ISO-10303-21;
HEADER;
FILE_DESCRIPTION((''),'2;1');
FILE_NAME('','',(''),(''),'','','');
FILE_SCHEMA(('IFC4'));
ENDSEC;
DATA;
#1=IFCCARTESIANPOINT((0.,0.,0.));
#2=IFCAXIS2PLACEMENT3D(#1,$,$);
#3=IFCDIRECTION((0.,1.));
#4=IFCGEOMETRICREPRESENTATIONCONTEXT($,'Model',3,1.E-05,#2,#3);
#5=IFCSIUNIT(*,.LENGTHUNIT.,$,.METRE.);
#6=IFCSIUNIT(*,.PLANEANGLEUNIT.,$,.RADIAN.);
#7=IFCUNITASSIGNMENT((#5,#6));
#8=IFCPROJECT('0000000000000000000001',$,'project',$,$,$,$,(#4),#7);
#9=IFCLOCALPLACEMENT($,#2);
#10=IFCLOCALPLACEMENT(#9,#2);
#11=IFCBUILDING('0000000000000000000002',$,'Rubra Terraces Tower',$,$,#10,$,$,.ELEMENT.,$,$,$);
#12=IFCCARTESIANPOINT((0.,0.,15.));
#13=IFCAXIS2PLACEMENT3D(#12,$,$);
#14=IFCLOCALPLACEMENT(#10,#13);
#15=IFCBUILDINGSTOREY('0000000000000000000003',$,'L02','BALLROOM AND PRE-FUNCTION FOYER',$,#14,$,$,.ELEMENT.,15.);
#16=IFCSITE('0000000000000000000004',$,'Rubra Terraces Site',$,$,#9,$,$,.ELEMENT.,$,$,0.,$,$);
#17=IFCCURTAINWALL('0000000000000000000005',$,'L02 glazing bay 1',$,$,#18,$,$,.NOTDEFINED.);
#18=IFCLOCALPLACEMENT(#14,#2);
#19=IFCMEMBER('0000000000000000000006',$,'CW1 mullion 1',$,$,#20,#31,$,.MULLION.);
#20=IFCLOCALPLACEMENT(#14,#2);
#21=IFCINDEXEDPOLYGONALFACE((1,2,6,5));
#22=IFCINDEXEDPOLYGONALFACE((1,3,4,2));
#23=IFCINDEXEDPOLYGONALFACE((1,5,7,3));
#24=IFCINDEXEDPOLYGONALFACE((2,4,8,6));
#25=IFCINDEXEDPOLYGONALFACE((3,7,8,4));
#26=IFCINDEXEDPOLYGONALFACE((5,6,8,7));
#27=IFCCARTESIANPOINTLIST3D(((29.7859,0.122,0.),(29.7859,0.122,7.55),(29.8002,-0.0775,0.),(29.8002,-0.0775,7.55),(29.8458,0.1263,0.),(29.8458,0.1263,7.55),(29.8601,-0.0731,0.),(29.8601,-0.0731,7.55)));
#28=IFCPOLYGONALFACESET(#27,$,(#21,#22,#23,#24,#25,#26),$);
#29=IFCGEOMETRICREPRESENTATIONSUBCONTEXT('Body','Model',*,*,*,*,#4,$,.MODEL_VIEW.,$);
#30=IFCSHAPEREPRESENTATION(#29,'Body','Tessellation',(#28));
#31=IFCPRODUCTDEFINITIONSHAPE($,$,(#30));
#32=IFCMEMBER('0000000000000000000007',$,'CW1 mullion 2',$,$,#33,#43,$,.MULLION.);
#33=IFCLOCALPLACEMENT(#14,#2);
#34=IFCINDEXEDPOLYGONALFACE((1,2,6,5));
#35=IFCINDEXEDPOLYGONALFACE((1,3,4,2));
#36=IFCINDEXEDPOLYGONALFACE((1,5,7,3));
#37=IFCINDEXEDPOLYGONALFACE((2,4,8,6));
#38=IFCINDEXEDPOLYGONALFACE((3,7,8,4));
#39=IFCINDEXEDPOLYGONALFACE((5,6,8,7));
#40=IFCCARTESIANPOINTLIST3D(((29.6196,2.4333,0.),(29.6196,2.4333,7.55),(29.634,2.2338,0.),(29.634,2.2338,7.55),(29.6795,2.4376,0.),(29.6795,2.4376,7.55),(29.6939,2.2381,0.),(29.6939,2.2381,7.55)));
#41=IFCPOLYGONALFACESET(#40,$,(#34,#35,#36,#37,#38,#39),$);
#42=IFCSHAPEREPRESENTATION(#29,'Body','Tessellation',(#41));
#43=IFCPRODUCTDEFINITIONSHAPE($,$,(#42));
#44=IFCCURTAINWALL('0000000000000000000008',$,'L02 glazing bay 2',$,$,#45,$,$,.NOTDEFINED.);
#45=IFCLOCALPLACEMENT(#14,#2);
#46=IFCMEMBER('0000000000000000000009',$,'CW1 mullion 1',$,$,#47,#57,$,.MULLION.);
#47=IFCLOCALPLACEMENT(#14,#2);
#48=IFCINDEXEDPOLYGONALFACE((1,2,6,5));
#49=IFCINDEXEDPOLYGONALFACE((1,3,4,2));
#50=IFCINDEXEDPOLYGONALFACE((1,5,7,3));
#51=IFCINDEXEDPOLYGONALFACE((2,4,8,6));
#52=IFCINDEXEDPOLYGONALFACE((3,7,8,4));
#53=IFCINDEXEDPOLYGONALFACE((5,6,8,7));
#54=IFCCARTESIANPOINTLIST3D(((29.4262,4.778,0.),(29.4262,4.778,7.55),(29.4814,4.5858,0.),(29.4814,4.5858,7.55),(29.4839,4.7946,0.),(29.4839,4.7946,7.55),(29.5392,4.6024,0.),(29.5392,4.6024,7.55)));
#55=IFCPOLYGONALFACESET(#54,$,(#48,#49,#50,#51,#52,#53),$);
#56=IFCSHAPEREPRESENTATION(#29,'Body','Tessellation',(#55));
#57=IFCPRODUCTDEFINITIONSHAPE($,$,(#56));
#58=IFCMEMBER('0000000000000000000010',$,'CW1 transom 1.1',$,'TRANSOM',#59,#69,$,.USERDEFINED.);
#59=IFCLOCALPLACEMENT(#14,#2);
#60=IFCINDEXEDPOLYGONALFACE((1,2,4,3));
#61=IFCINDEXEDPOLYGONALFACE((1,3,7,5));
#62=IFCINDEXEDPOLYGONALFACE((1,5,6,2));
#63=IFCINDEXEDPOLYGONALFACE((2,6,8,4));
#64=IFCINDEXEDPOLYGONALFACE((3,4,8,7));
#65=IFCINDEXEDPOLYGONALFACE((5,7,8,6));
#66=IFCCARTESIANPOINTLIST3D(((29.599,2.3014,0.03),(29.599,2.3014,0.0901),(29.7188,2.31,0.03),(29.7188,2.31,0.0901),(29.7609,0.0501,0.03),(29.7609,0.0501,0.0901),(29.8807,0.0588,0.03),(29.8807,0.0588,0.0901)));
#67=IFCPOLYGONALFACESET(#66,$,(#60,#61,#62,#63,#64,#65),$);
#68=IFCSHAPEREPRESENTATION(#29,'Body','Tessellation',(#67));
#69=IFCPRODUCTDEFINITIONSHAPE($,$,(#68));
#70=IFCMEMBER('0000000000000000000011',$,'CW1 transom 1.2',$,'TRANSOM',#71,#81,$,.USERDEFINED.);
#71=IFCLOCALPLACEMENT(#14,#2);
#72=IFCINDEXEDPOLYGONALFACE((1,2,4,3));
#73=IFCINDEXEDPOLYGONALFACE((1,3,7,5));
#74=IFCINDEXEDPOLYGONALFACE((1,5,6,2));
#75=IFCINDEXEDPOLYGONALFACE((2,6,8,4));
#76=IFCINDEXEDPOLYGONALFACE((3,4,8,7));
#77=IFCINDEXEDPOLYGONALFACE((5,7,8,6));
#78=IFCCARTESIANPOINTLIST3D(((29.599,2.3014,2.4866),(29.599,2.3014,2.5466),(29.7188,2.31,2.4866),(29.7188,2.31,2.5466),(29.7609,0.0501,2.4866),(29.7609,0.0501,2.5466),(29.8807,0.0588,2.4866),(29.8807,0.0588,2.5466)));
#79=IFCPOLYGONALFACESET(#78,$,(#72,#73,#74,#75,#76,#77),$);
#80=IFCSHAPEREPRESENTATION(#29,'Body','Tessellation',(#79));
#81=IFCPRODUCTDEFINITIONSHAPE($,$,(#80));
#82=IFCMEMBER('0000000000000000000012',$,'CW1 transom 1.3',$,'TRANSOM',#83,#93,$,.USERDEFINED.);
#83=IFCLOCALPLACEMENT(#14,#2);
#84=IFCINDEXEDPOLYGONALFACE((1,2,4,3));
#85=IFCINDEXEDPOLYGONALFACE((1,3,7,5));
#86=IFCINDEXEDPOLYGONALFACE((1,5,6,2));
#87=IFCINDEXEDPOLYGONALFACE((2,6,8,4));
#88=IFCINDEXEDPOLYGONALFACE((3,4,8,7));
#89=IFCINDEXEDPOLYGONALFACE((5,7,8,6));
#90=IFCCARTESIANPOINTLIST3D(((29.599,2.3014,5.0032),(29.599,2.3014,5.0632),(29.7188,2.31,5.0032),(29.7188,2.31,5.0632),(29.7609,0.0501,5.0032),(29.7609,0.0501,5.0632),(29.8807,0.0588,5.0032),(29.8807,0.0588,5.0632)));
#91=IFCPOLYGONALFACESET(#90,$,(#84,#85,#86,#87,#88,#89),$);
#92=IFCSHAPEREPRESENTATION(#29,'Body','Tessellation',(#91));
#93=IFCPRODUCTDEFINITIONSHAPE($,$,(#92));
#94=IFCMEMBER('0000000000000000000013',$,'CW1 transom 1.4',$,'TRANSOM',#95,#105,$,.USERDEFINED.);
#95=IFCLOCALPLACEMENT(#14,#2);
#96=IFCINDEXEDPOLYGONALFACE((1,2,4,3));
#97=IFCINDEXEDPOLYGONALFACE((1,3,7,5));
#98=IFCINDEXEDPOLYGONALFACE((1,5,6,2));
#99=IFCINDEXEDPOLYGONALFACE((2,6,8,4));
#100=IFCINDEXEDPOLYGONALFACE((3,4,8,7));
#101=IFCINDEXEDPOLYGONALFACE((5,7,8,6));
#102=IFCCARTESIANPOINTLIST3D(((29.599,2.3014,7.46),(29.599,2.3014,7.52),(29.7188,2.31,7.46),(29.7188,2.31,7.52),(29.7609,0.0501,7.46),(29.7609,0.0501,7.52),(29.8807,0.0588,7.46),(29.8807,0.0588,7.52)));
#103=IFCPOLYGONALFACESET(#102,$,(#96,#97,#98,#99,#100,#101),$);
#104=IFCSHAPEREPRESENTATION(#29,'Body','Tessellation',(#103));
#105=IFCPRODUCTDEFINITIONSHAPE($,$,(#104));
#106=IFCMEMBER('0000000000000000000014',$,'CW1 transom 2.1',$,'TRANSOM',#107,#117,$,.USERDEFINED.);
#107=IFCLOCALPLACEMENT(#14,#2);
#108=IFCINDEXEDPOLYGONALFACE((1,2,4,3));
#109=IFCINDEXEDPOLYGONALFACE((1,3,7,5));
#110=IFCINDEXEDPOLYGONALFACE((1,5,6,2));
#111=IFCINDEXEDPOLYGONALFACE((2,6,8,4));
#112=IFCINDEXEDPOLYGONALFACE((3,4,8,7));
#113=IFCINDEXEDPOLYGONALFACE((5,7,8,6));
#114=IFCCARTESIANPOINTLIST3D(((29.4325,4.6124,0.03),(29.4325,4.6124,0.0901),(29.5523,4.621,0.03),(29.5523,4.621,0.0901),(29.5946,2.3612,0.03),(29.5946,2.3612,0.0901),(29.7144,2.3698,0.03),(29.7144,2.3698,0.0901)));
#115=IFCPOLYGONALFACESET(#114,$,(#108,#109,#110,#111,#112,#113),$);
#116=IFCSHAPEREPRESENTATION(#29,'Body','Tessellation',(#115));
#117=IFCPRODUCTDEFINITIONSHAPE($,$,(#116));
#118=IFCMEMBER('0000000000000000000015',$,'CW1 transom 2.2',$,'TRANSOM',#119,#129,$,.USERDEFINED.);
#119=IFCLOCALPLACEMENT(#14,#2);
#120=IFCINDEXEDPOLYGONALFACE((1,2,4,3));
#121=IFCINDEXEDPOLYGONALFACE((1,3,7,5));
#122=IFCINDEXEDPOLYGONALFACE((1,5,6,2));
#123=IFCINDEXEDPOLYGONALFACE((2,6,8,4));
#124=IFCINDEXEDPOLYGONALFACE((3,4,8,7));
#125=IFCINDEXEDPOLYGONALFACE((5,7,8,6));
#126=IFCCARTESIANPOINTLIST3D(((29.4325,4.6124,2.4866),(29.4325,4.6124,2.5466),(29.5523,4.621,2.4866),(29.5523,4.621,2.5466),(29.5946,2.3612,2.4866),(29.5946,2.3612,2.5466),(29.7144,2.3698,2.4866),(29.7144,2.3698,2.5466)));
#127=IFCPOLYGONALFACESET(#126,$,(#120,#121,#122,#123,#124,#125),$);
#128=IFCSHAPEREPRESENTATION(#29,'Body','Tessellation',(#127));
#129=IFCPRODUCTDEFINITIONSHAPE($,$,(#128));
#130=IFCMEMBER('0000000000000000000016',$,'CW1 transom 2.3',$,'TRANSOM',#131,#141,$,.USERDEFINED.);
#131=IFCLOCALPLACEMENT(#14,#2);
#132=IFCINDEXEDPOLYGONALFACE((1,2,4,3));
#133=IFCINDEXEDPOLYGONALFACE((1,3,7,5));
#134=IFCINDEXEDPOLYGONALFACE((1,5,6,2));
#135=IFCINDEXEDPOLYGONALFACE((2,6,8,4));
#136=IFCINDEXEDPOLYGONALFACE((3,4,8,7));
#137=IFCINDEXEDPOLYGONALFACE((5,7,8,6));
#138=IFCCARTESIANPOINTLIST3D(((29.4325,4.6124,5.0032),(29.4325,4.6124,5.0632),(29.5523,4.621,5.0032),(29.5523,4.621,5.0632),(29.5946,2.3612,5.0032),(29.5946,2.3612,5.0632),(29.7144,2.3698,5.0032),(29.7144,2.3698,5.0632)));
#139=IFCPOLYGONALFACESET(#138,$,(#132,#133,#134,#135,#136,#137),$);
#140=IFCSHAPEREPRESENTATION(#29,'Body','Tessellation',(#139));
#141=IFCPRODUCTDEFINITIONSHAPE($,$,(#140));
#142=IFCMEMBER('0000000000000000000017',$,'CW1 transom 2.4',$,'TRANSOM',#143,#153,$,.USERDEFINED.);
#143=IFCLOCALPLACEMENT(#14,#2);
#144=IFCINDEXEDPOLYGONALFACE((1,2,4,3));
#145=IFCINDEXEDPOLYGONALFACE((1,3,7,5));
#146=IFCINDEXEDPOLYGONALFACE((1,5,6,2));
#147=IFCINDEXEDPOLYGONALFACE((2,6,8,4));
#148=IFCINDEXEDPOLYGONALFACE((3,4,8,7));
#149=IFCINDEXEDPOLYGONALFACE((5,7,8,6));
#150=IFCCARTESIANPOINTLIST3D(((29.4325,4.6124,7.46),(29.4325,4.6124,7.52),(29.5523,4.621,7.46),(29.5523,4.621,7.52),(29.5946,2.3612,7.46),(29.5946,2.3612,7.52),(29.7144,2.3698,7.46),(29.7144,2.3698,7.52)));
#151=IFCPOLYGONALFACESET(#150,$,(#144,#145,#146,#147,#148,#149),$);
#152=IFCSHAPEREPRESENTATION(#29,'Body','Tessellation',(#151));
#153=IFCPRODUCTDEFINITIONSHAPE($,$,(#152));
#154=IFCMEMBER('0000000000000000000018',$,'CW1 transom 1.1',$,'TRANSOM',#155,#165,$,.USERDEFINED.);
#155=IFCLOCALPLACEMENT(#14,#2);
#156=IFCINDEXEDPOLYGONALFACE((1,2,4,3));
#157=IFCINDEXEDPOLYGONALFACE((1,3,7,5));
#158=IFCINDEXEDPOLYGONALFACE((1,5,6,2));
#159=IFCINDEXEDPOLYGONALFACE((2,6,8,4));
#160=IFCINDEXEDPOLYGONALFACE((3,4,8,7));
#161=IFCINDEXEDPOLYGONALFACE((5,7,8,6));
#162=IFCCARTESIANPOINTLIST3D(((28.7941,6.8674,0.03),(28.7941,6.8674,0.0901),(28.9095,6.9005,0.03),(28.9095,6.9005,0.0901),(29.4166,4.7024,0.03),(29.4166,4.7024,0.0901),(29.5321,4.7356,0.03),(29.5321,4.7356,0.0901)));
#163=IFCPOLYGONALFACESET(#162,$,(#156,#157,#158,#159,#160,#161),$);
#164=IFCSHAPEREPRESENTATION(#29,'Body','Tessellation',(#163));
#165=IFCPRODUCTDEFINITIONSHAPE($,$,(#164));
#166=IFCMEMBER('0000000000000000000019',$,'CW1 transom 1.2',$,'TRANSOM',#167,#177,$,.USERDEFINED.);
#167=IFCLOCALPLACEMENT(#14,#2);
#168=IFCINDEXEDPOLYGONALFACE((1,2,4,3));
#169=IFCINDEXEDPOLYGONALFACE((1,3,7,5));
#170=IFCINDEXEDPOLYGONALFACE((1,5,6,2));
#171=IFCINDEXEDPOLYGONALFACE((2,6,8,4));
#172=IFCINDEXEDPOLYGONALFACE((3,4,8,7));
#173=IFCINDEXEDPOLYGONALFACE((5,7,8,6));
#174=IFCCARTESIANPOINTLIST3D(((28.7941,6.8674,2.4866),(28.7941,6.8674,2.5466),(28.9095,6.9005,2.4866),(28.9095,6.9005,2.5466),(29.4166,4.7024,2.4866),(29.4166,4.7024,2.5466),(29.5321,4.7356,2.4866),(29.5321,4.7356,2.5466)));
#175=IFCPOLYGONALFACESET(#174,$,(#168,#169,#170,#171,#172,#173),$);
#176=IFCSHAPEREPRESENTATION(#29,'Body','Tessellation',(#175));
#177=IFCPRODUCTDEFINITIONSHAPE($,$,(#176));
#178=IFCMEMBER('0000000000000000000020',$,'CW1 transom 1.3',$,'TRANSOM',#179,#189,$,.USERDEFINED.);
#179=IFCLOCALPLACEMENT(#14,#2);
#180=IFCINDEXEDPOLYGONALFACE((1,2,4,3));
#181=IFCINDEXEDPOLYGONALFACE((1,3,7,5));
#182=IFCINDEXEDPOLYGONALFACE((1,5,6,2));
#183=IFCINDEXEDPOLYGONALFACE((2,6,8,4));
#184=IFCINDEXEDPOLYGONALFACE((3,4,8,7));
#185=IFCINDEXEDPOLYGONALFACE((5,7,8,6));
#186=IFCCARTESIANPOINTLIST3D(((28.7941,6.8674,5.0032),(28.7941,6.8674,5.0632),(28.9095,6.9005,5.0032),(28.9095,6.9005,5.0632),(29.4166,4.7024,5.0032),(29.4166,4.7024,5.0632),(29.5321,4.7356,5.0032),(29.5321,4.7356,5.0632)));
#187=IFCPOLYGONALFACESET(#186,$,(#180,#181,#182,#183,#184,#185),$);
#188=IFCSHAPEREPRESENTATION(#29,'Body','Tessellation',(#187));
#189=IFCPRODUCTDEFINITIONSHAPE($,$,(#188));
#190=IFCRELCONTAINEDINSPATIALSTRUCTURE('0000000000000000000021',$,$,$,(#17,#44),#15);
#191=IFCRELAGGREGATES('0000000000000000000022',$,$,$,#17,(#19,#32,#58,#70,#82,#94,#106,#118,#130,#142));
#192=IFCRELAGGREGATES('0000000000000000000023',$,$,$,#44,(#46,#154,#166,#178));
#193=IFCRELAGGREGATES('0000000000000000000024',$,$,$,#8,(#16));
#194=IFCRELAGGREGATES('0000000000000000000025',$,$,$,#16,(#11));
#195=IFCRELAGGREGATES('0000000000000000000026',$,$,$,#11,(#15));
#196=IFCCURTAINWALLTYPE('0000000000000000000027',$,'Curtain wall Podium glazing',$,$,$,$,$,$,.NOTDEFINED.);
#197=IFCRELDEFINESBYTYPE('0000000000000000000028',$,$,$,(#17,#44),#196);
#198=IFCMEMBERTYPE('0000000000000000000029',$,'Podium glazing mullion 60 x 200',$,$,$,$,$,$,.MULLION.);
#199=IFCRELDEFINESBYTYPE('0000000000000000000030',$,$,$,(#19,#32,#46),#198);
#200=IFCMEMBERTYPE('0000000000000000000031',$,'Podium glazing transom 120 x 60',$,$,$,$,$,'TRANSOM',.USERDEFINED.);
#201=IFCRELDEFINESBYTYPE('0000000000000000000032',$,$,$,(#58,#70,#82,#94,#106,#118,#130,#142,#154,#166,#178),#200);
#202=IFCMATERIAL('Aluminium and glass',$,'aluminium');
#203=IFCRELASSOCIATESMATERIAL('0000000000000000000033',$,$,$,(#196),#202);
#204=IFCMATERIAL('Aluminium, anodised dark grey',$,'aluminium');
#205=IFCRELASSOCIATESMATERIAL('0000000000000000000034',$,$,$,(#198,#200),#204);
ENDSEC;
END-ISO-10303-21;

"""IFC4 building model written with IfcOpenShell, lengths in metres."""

from ifc_helpers import new_model, si_unit, direction, frame, origin, origin_2d, place, context, subcontext, project, spatial, rectangle, extrude, material, material_profile, profile_set, type_object, element, aggregate, save


model = new_model("IFC4")

# Units and contexts
model_context = context("Model", 3, precision=1e-05, world=origin(), true_north=direction((0.0, 1.0)))
body_context = subcontext(model_context, "Body", "Model", "MODEL_VIEW")
ifc_project = project(units=[si_unit("LENGTHUNIT", "METRE"), si_unit("PLANEANGLEUNIT", "RADIAN")], contexts=[model_context])

# Site, building, storey
site_placement = place(None, origin())
site = spatial("IfcSite", under=ifc_project, at=site_placement, Name="Rubra Terraces Site", CompositionType="ELEMENT", RefElevation=0.0)
building_placement = place(site_placement, origin())
building = spatial("IfcBuilding", under=site, at=building_placement, Name="Rubra Terraces Tower", CompositionType="ELEMENT")
storey_placement = place(building_placement, frame((0.0, 0.0, 15.0)))
storey = spatial("IfcBuildingStorey", under=building, at=storey_placement, Name="L02", Description="BALLROOM AND PRE-FUNCTION FOYER", CompositionType="ELEMENT", Elevation=15.0)

# Curtain wall, members
ifc_material_1 = material(Name="Aluminium and glass", Category="aluminium")
curtain_wall_type = type_object("IfcCurtainWallType", Name="Curtain wall Podium glazing", PredefinedType="NOTDEFINED", material=ifc_material_1)
curtain_wall_1_placement = place(storey_placement, origin())
curtain_wall_1 = element("IfcCurtainWall", 1, at=curtain_wall_1_placement, inside=storey, type_object=curtain_wall_type, Name="L02 glazing bay 1", PredefinedType="NOTDEFINED")
ifc_material_2 = material(Name="Aluminium, anodised dark grey", Category="aluminium")
ifc_material_profile_1 = material_profile(ifc_material_2, rectangle(XDim=0.0601, YDim=0.2, at=origin_2d()), Name="AL 60x200")
ifc_profile_set_1 = profile_set([ifc_material_profile_1], Name="Aluminium, anodised dark grey")
member_type_1 = type_object("IfcMemberType", Name="Podium glazing mullion 60 x 200", PredefinedType="MULLION", material=ifc_profile_set_1)
member_1_placement = place(storey_placement, frame((29.823, 0.0244, 0.0), z_axis=(0.0, 0.0, 1.0), x_axis=(-0.99742, -0.071792, 0.0)))
member_1 = element("IfcMember", 2, at=member_1_placement, type_object=member_type_1, Name="CW1 mullion 1", PredefinedType="MULLION", context=body_context, shape_type="SweptSolid", body=[
    extrude(rectangle(XDim=0.0601, YDim=0.2, at=origin_2d()), origin(), (0.0, 0.0, 1.0), 7.55),
])
member_2_placement = place(storey_placement, frame((29.6567, 2.3357, 0.0), z_axis=(0.0, 0.0, 1.0), x_axis=(-0.99742, -0.071792, 0.0)))
member_2 = element("IfcMember", 3, at=member_2_placement, type_object=member_type_1, Name="CW1 mullion 2", PredefinedType="MULLION", context=body_context, shape_type="SweptSolid", body=[
    extrude(rectangle(XDim=0.0601, YDim=0.2, at=origin_2d()), origin(), (0.0, 0.0, 1.0), 7.55),
])

# Curtain wall, member
curtain_wall_2_placement = place(storey_placement, origin())
curtain_wall_2 = element("IfcCurtainWall", 4, at=curtain_wall_2_placement, inside=storey, type_object=curtain_wall_type, Name="L02 glazing bay 2", PredefinedType="NOTDEFINED")
member_3_placement = place(storey_placement, frame((29.4827, 4.6902, 0.0), z_axis=(0.0, 0.0, 1.0), x_axis=(-0.961047, -0.276384, 0.0)))
member_3 = element("IfcMember", 5, at=member_3_placement, type_object=member_type_1, Name="CW1 mullion 1", PredefinedType="MULLION", context=body_context, shape_type="SweptSolid", body=[
    extrude(rectangle(XDim=0.0601, YDim=0.2, at=origin_2d()), origin(), (0.0, 0.0, 1.0), 7.55),
])

# Members
ifc_material_profile_2 = material_profile(ifc_material_2, rectangle(XDim=0.1201, YDim=0.0601, at=origin_2d()), Name="AL 120x60")
ifc_profile_set_2 = profile_set([ifc_material_profile_2], Name="Aluminium, anodised dark grey")
member_type_2 = type_object("IfcMemberType", Name="Podium glazing transom 120 x 60", ElementType="TRANSOM", PredefinedType="USERDEFINED", material=ifc_profile_set_2)
member_4_placement = place(storey_placement, frame((29.8208, 0.0544, 0.0601), z_axis=(-0.071716, 0.997425, 0.0), x_axis=(-0.997425, -0.071716, 0.0)))
member_4 = element("IfcMember", 6, at=member_4_placement, type_object=member_type_2, Name="CW1 transom 1.1", ObjectType="TRANSOM", PredefinedType="USERDEFINED", context=body_context, shape_type="SweptSolid", body=[
    extrude(rectangle(XDim=0.1201, YDim=0.0601, at=origin_2d()), origin(), (0.0, 0.0, 1.0), 2.2571),
])
member_5_placement = place(storey_placement, frame((29.8208, 0.0544, 2.5166), z_axis=(-0.071716, 0.997425, 0.0), x_axis=(-0.997425, -0.071716, 0.0)))
member_5 = element("IfcMember", 7, at=member_5_placement, type_object=member_type_2, Name="CW1 transom 1.2", ObjectType="TRANSOM", PredefinedType="USERDEFINED", context=body_context, shape_type="SweptSolid", body=[
    extrude(rectangle(XDim=0.1201, YDim=0.0601, at=origin_2d()), origin(), (0.0, 0.0, 1.0), 2.2571),
])
member_6_placement = place(storey_placement, frame((29.8208, 0.0544, 5.0332), z_axis=(-0.071716, 0.997425, 0.0), x_axis=(-0.997425, -0.071716, 0.0)))
member_6 = element("IfcMember", 8, at=member_6_placement, type_object=member_type_2, Name="CW1 transom 1.3", ObjectType="TRANSOM", PredefinedType="USERDEFINED", context=body_context, shape_type="SweptSolid", body=[
    extrude(rectangle(XDim=0.1201, YDim=0.0601, at=origin_2d()), origin(), (0.0, 0.0, 1.0), 2.2571),
])
member_7_placement = place(storey_placement, frame((29.8208, 0.0544, 7.49), z_axis=(-0.071716, 0.997425, 0.0), x_axis=(-0.997425, -0.071716, 0.0)))
member_7 = element("IfcMember", 9, at=member_7_placement, type_object=member_type_2, Name="CW1 transom 1.4", ObjectType="TRANSOM", PredefinedType="USERDEFINED", context=body_context, shape_type="SweptSolid", body=[
    extrude(rectangle(XDim=0.1201, YDim=0.0601, at=origin_2d()), origin(), (0.0, 0.0, 1.0), 2.2571),
])
member_8_placement = place(storey_placement, frame((29.6545, 2.3655, 0.0601), z_axis=(-0.071824, 0.997417, 0.0), x_axis=(-0.997417, -0.071824, 0.0)))
member_8 = element("IfcMember", 10, at=member_8_placement, type_object=member_type_2, Name="CW1 transom 2.1", ObjectType="TRANSOM", PredefinedType="USERDEFINED", context=body_context, shape_type="SweptSolid", body=[
    extrude(rectangle(XDim=0.1201, YDim=0.0601, at=origin_2d()), origin(), (0.0, 0.0, 1.0), 2.2571),
])
member_9_placement = place(storey_placement, frame((29.6545, 2.3655, 2.5166), z_axis=(-0.071824, 0.997417, 0.0), x_axis=(-0.997417, -0.071824, 0.0)))
member_9 = element("IfcMember", 11, at=member_9_placement, type_object=member_type_2, Name="CW1 transom 2.2", ObjectType="TRANSOM", PredefinedType="USERDEFINED", context=body_context, shape_type="SweptSolid", body=[
    extrude(rectangle(XDim=0.1201, YDim=0.0601, at=origin_2d()), origin(), (0.0, 0.0, 1.0), 2.2571),
])
member_10_placement = place(storey_placement, frame((29.6545, 2.3655, 5.0332), z_axis=(-0.071824, 0.997417, 0.0), x_axis=(-0.997417, -0.071824, 0.0)))
member_10 = element("IfcMember", 12, at=member_10_placement, type_object=member_type_2, Name="CW1 transom 2.3", ObjectType="TRANSOM", PredefinedType="USERDEFINED", context=body_context, shape_type="SweptSolid", body=[
    extrude(rectangle(XDim=0.1201, YDim=0.0601, at=origin_2d()), origin(), (0.0, 0.0, 1.0), 2.2571),
])
member_11_placement = place(storey_placement, frame((29.6545, 2.3655, 7.49), z_axis=(-0.071824, 0.997417, 0.0), x_axis=(-0.997417, -0.071824, 0.0)))
member_11 = element("IfcMember", 13, at=member_11_placement, type_object=member_type_2, Name="CW1 transom 2.4", ObjectType="TRANSOM", PredefinedType="USERDEFINED", context=body_context, shape_type="SweptSolid", body=[
    extrude(rectangle(XDim=0.1201, YDim=0.0601, at=origin_2d()), origin(), (0.0, 0.0, 1.0), 2.2571),
])
member_12_placement = place(storey_placement, frame((29.4744, 4.719, 0.0601), z_axis=(-0.276352, 0.961056, 0.0), x_axis=(-0.961056, -0.276352, 0.0)))
member_12 = element("IfcMember", 14, at=member_12_placement, type_object=member_type_2, Name="CW1 transom 1.1", ObjectType="TRANSOM", PredefinedType="USERDEFINED", context=body_context, shape_type="SweptSolid", body=[
    extrude(rectangle(XDim=0.1201, YDim=0.0601, at=origin_2d()), origin(), (0.0, 0.0, 1.0), 2.2527),
])
member_13_placement = place(storey_placement, frame((29.4744, 4.719, 2.5166), z_axis=(-0.276352, 0.961056, 0.0), x_axis=(-0.961056, -0.276352, 0.0)))
member_13 = element("IfcMember", 15, at=member_13_placement, type_object=member_type_2, Name="CW1 transom 1.2", ObjectType="TRANSOM", PredefinedType="USERDEFINED", context=body_context, shape_type="SweptSolid", body=[
    extrude(rectangle(XDim=0.1201, YDim=0.0601, at=origin_2d()), origin(), (0.0, 0.0, 1.0), 2.2527),
])
member_14_placement = place(storey_placement, frame((29.4744, 4.719, 5.0332), z_axis=(-0.276352, 0.961056, 0.0), x_axis=(-0.961056, -0.276352, 0.0)))
member_14 = element("IfcMember", 16, at=member_14_placement, type_object=member_type_2, Name="CW1 transom 1.3", ObjectType="TRANSOM", PredefinedType="USERDEFINED", context=body_context, shape_type="SweptSolid", body=[
    extrude(rectangle(XDim=0.1201, YDim=0.0601, at=origin_2d()), origin(), (0.0, 0.0, 1.0), 2.2527),
])

aggregate(curtain_wall_1, [member_1, member_2, member_4, member_5, member_6, member_7, member_8, member_9, member_10, member_11])
aggregate(curtain_wall_2, [member_3, member_12, member_13, member_14])

save(model, "model.ifc")
